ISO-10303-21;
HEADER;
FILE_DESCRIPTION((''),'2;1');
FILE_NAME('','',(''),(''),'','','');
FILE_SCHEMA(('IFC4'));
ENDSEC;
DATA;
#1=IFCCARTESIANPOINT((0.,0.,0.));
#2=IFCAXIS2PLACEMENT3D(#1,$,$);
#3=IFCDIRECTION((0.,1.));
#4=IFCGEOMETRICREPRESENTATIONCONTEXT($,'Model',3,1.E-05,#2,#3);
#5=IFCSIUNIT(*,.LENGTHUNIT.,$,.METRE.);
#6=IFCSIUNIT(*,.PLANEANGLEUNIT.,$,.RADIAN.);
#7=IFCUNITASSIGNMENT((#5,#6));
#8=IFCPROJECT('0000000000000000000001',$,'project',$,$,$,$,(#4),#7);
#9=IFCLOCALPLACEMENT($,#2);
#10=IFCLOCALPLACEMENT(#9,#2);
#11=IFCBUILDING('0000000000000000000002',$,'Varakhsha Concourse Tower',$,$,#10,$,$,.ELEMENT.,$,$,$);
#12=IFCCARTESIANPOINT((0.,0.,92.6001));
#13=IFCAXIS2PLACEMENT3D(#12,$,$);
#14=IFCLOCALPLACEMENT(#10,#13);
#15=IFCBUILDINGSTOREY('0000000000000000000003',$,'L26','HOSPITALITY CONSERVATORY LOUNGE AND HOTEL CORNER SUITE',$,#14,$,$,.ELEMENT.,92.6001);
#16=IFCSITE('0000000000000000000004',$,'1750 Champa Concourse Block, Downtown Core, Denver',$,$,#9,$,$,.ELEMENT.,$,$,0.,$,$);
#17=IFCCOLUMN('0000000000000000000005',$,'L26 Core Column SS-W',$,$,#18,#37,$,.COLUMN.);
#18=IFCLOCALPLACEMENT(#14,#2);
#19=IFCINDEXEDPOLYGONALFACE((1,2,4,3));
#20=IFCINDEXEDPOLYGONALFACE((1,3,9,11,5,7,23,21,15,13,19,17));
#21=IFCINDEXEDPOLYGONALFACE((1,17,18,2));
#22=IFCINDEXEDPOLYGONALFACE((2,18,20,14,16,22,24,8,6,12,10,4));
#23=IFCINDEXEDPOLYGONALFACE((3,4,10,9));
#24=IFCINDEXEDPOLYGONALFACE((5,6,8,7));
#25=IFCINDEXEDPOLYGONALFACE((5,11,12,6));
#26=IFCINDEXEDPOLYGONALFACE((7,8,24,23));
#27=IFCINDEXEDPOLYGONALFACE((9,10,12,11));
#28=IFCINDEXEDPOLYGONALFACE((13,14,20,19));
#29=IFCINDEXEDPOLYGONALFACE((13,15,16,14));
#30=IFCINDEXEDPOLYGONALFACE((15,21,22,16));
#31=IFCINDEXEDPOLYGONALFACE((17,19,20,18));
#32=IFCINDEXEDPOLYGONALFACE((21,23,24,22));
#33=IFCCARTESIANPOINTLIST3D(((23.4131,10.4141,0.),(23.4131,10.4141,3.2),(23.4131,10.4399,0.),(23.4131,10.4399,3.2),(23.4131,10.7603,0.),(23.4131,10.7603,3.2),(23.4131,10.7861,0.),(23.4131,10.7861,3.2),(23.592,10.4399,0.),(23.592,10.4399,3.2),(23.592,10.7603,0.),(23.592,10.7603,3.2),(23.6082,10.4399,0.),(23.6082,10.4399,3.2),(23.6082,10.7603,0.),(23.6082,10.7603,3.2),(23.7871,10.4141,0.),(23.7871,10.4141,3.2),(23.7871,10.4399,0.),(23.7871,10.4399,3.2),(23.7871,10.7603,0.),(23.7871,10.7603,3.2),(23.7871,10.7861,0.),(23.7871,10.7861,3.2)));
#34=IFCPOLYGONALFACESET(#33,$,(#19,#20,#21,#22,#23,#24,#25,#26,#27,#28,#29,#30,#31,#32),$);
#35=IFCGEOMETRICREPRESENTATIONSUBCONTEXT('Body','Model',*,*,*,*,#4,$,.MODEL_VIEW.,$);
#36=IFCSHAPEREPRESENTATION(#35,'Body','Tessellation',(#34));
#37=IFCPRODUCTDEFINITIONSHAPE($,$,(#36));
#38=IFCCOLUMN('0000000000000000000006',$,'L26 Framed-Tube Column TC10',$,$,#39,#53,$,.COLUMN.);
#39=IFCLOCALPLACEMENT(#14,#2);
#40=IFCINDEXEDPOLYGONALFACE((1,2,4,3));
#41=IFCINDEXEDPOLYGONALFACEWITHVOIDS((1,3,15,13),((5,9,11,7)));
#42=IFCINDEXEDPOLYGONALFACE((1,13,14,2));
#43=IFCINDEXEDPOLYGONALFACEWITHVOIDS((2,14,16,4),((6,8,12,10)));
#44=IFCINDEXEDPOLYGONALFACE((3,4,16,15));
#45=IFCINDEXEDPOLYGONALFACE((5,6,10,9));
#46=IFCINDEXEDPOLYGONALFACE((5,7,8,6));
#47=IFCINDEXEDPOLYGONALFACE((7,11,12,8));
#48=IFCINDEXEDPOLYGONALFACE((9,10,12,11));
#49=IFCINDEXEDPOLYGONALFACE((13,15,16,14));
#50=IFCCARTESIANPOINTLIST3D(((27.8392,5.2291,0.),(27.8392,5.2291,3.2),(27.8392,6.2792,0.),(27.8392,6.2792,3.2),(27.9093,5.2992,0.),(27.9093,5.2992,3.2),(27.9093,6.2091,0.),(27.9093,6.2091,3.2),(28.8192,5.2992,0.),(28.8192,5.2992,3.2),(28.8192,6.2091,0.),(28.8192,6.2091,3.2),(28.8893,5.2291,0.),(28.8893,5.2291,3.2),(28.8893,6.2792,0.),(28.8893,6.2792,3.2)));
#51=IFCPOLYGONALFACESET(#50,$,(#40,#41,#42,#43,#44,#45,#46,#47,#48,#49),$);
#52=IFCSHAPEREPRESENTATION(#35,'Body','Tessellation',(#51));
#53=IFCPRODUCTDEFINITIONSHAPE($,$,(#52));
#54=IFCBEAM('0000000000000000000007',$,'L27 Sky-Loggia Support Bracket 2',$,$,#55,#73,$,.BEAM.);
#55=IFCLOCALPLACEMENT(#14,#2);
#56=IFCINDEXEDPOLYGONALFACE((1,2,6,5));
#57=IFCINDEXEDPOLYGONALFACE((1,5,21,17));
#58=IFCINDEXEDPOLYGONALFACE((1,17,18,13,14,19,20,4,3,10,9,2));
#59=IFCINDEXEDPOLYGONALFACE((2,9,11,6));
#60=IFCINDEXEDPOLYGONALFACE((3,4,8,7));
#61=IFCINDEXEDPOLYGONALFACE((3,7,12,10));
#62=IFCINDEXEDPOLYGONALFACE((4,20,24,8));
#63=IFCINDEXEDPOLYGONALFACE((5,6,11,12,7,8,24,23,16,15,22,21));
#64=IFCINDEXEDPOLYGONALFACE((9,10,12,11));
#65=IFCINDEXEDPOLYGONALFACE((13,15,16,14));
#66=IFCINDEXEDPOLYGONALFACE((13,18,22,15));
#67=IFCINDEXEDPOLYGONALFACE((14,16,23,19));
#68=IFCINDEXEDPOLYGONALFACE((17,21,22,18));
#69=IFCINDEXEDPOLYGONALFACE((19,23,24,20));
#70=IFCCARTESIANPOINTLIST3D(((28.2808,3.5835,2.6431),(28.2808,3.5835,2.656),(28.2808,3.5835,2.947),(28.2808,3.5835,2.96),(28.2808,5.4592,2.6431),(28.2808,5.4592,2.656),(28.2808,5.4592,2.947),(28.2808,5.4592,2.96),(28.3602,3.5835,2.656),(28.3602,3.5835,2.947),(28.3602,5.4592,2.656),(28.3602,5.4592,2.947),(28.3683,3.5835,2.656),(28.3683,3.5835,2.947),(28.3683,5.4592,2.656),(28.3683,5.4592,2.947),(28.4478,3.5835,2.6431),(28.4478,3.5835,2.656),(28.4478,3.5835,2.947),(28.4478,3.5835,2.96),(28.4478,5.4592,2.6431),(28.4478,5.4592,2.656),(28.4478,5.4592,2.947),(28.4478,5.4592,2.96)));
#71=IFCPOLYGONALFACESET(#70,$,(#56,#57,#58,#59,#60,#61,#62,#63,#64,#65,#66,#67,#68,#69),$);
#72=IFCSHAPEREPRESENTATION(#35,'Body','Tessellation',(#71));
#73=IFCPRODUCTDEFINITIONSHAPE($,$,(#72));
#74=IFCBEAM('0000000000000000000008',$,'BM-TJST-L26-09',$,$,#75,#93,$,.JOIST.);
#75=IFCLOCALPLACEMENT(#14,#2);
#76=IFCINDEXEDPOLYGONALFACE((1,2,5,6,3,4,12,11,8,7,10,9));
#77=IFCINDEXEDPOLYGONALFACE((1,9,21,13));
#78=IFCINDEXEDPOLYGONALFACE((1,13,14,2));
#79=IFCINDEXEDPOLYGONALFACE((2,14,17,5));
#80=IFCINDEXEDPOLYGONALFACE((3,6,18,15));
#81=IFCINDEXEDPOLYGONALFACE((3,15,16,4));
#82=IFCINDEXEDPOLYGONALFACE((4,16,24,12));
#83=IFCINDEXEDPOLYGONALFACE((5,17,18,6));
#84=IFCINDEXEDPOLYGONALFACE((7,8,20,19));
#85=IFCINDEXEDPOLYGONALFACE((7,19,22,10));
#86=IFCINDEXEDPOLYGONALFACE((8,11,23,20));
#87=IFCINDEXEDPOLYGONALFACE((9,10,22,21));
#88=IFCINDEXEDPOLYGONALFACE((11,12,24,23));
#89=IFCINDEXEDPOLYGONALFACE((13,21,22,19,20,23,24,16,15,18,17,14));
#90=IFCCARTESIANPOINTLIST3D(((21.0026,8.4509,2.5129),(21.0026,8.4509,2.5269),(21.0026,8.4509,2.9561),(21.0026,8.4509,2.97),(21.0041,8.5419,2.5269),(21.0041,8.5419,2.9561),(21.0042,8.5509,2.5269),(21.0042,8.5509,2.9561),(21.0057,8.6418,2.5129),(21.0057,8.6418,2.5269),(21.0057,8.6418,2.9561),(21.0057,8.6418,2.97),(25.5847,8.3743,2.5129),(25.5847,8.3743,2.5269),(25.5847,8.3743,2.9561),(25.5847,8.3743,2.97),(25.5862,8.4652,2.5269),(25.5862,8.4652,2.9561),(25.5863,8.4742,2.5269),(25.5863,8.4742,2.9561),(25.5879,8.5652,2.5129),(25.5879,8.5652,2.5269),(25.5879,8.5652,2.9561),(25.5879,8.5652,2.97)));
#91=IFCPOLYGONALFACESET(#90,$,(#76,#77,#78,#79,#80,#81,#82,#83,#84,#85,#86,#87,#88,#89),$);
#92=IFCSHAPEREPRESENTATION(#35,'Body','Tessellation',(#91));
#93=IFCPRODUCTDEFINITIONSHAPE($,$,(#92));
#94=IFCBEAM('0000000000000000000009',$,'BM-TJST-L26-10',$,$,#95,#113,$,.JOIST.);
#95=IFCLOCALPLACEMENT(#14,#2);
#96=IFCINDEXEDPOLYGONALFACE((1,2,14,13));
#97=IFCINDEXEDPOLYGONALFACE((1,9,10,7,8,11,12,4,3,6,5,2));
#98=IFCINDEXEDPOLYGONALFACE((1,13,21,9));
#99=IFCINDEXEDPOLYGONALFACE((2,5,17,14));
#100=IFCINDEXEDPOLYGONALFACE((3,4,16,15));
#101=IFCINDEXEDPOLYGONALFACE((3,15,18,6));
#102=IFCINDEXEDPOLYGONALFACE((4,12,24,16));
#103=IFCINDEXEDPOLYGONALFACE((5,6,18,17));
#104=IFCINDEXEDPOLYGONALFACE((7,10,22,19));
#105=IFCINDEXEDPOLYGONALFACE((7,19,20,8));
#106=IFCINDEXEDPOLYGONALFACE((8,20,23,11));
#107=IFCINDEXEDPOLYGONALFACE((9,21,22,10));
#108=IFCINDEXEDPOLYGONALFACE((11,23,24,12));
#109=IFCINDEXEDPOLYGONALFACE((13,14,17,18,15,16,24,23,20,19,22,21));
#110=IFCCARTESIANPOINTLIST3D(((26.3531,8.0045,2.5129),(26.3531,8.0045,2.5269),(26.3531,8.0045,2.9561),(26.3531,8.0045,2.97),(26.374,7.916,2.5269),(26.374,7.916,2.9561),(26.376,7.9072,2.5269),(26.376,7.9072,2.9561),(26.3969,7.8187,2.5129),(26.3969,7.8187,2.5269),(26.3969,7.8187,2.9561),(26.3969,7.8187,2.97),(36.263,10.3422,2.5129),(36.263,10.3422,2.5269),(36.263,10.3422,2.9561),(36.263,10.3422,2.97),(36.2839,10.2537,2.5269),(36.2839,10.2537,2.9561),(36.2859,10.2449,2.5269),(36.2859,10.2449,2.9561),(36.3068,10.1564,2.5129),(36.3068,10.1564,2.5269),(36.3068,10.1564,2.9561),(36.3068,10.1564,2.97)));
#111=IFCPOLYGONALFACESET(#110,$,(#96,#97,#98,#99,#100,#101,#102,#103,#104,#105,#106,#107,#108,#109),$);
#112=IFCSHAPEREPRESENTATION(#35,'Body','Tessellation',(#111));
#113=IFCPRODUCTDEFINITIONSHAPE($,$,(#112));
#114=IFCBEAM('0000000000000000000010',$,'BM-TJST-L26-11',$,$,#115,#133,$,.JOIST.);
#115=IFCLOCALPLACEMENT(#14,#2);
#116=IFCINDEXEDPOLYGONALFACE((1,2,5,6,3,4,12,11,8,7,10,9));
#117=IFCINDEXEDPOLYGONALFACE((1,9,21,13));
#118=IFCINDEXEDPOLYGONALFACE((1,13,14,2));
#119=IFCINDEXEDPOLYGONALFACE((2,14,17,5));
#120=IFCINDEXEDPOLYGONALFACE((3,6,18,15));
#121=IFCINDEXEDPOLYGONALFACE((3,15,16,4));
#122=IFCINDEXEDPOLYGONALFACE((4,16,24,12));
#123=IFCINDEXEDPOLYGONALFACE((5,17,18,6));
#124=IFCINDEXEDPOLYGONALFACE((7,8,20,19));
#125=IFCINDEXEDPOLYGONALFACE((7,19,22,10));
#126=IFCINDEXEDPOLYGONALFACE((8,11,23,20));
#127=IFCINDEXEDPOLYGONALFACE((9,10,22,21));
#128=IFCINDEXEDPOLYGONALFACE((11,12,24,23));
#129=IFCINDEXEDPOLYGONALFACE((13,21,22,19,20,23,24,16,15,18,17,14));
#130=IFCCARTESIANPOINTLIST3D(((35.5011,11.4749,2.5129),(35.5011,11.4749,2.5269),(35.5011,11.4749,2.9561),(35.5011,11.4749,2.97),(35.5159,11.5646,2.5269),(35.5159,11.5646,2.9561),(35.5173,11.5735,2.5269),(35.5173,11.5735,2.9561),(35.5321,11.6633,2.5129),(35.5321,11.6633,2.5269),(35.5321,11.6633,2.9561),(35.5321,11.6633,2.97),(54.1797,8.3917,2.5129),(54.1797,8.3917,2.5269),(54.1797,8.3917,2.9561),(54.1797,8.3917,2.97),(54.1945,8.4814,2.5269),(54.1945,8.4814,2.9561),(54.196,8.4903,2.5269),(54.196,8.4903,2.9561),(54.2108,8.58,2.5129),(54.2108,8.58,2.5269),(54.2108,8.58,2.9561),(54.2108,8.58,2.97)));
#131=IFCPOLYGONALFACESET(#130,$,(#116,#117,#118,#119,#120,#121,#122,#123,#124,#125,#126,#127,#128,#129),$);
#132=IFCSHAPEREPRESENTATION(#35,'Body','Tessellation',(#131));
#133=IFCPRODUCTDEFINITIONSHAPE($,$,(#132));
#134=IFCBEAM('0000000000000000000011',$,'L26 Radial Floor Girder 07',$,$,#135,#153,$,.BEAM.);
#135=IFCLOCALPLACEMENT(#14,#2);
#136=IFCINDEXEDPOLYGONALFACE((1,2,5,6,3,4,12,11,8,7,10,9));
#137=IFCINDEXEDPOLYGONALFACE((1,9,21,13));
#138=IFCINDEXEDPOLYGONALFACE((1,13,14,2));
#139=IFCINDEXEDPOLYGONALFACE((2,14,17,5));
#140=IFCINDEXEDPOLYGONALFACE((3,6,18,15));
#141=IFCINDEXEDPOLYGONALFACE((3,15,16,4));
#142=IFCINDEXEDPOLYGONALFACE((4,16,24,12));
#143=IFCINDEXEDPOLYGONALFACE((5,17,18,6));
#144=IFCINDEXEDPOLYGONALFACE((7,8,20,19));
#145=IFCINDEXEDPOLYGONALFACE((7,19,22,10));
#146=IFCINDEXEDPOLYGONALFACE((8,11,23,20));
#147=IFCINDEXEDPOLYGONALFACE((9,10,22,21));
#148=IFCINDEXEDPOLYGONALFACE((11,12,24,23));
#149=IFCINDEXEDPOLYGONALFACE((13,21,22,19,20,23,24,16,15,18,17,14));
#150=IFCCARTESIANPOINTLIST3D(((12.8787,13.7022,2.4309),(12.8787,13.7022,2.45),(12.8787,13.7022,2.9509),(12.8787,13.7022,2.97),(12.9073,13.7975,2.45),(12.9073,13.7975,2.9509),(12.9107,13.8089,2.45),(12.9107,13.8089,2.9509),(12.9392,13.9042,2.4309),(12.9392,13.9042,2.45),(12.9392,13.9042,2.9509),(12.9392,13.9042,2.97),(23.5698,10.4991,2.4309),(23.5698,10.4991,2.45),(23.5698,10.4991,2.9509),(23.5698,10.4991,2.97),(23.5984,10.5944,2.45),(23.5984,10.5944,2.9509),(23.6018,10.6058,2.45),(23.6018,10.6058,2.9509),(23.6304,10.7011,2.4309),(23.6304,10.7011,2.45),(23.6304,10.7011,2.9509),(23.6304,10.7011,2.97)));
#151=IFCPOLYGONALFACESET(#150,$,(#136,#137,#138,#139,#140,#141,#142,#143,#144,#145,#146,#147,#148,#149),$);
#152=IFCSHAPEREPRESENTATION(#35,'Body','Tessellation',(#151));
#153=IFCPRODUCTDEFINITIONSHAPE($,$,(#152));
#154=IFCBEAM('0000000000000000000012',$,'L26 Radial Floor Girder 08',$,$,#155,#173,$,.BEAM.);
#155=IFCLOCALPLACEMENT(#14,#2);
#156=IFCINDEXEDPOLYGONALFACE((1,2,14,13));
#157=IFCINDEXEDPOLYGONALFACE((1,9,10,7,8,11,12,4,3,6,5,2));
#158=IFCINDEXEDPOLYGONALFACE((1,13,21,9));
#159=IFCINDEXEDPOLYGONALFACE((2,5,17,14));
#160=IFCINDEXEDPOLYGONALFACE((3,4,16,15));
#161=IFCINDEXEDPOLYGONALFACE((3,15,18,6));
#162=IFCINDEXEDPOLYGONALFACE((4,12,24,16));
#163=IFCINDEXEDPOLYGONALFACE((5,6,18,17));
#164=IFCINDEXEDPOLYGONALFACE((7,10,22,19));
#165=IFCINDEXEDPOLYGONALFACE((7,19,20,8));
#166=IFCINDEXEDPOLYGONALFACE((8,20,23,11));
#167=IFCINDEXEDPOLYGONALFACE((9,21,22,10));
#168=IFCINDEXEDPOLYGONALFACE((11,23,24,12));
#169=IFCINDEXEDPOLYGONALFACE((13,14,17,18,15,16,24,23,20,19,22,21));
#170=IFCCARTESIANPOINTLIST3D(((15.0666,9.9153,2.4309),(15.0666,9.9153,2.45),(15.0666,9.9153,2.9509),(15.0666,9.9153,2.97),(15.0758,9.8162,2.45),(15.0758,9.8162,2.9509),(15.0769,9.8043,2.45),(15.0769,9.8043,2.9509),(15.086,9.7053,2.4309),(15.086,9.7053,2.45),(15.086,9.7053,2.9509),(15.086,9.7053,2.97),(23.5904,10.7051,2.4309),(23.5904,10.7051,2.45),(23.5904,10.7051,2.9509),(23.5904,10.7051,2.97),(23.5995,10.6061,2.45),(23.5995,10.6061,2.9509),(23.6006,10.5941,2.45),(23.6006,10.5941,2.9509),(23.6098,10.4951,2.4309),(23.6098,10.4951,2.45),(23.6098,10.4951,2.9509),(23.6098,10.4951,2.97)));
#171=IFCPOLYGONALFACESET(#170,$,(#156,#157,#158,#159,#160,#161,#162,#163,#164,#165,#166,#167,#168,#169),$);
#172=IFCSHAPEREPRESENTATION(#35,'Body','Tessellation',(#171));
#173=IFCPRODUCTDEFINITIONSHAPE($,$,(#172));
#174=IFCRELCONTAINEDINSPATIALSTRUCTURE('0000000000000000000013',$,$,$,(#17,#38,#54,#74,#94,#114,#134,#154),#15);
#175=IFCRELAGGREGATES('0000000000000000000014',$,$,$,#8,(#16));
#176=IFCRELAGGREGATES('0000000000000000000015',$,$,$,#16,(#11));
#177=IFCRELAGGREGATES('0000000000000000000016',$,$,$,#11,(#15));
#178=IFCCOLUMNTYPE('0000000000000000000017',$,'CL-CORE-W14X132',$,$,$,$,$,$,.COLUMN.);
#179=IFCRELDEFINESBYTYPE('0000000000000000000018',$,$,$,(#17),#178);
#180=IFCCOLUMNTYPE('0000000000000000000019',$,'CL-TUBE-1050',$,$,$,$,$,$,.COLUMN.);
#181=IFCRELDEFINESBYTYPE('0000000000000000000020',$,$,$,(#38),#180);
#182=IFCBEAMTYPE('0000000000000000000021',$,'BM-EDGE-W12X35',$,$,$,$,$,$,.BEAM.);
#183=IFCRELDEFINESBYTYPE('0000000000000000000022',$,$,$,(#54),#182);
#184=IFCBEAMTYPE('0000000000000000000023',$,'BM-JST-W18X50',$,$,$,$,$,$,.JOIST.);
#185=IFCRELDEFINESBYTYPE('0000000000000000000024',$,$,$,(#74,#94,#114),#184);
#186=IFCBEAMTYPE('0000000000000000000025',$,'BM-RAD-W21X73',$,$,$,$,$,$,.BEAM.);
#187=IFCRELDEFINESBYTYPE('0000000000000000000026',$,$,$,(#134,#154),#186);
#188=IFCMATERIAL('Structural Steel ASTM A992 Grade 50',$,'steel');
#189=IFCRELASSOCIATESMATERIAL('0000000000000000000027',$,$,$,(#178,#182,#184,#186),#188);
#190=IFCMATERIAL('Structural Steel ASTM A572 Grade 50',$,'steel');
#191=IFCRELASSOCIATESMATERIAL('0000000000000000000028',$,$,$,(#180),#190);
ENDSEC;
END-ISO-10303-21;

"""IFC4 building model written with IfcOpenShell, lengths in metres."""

from ifc_helpers import new_model, si_unit, direction, frame, origin, origin_2d, place, context, subcontext, project, spatial, hollow_rectangle, i_section, extrude, material, material_profile, profile_set, type_object, element, save


model = new_model("IFC4")

# Units and contexts
model_context = context("Model", 3, precision=1e-05, world=origin(), true_north=direction((0.0, 1.0)))
body_context = subcontext(model_context, "Body", "Model", "MODEL_VIEW")
ifc_project = project(units=[si_unit("LENGTHUNIT", "METRE"), si_unit("PLANEANGLEUNIT", "RADIAN")], contexts=[model_context])

# Site, building, storey
site_placement = place(None, origin())
site = spatial("IfcSite", under=ifc_project, at=site_placement, Name="1750 Champa Concourse Block, Downtown Core, Denver", CompositionType="ELEMENT", RefElevation=0.0)
building_placement = place(site_placement, origin())
building = spatial("IfcBuilding", under=site, at=building_placement, Name="Varakhsha Concourse Tower", CompositionType="ELEMENT")
storey_placement = place(building_placement, frame((0.0, 0.0, 92.6001)))
storey = spatial("IfcBuildingStorey", under=building, at=storey_placement, Name="L26", Description="HOSPITALITY CONSERVATORY LOUNGE AND HOTEL CORNER SUITE", CompositionType="ELEMENT", Elevation=92.6001)

# Columns
ifc_material_1 = material(Name="Structural Steel ASTM A992 Grade 50", Category="steel")
ifc_material_profile_1 = material_profile(ifc_material_1, i_section(OverallWidth=0.374, OverallDepth=0.3721, WebThickness=0.0161, FlangeThickness=0.0259, at=origin_2d()), Name="W14X132")
ifc_profile_set_1 = profile_set([ifc_material_profile_1], Name="Structural Steel ASTM A992 Grade 50")
column_type_1 = type_object("IfcColumnType", Name="CL-CORE-W14X132", PredefinedType="COLUMN", material=ifc_profile_set_1)
column_1_placement = place(storey_placement, frame((23.6001, 10.6001, 0.0), z_axis=(0.0, 0.0, 1.0), x_axis=(1.0, 0.0, 0.0)))
element("IfcColumn", 1, at=column_1_placement, inside=storey, type_object=column_type_1, Name="L26 Core Column SS-W", PredefinedType="COLUMN", context=body_context, shape_type="SweptSolid", body=[
    extrude(i_section(OverallWidth=0.374, OverallDepth=0.3721, WebThickness=0.0161, FlangeThickness=0.0259, at=origin_2d()), origin(), (0.0, 0.0, 1.0), 3.2),
])
ifc_material_2 = material(Name="Structural Steel ASTM A572 Grade 50", Category="steel")
ifc_material_profile_2 = material_profile(ifc_material_2, hollow_rectangle(XDim=1.05, YDim=1.05, WallThickness=0.0701, at=origin_2d()), Name="BOX 1050x1050x70")
ifc_profile_set_2 = profile_set([ifc_material_profile_2], Name="Structural Steel ASTM A572 Grade 50")
column_type_2 = type_object("IfcColumnType", Name="CL-TUBE-1050", PredefinedType="COLUMN", material=ifc_profile_set_2)
column_2_placement = place(storey_placement, frame((28.3643, 5.7542, 0.0), z_axis=(0.0, 0.0, 1.0), x_axis=(1.0, 0.0, 0.0)))
element("IfcColumn", 2, at=column_2_placement, inside=storey, type_object=column_type_2, Name="L26 Framed-Tube Column TC10", PredefinedType="COLUMN", context=body_context, shape_type="SweptSolid", body=[
    extrude(hollow_rectangle(XDim=1.05, YDim=1.05, WallThickness=0.0701, at=origin_2d()), origin(), (0.0, 0.0, 1.0), 3.2),
])

# Beams
ifc_material_profile_3 = material_profile(ifc_material_1, i_section(OverallWidth=0.167, OverallDepth=0.3169, WebThickness=0.0081, FlangeThickness=0.0129, at=origin_2d()), Name="W12X35")
ifc_profile_set_3 = profile_set([ifc_material_profile_3], Name="Structural Steel ASTM A992 Grade 50")
beam_type_1 = type_object("IfcBeamType", Name="BM-EDGE-W12X35", PredefinedType="BEAM", material=ifc_profile_set_3)
beam_1_placement = place(storey_placement, frame((28.3643, 5.4592, 2.8015), z_axis=(0.0, -1.0, 0.0), x_axis=(1.0, 0.0, 0.0)))
element("IfcBeam", 3, at=beam_1_placement, inside=storey, type_object=beam_type_1, Name="L27 Sky-Loggia Support Bracket 2", PredefinedType="BEAM", context=body_context, shape_type="SweptSolid", body=[
    extrude(i_section(OverallWidth=0.167, OverallDepth=0.3169, WebThickness=0.0081, FlangeThickness=0.0129, at=origin_2d()), origin(), (0.0, 0.0, 1.0), 1.8757),
])
ifc_material_profile_4 = material_profile(ifc_material_1, i_section(OverallWidth=0.1909, OverallDepth=0.457, WebThickness=0.009, FlangeThickness=0.0139, at=origin_2d()), Name="W18X50")
ifc_profile_set_4 = profile_set([ifc_material_profile_4], Name="Structural Steel ASTM A992 Grade 50")
beam_type_2 = type_object("IfcBeamType", Name="BM-JST-W18X50", PredefinedType="JOIST", material=ifc_profile_set_4)
beam_2_placement = place(storey_placement, frame((21.0042, 8.5464, 2.7415), z_axis=(0.99986, -0.016728, 0.0), x_axis=(0.016728, 0.99986, 0.0)))
element("IfcBeam", 4, at=beam_2_placement, inside=storey, type_object=beam_type_2, Name="BM-TJST-L26-09", PredefinedType="JOIST", context=body_context, shape_type="SweptSolid", body=[
    extrude(i_section(OverallWidth=0.1909, OverallDepth=0.457, WebThickness=0.009, FlangeThickness=0.0139, at=origin_2d()), origin(), (0.0, 0.0, 1.0), 4.5828),
])
beam_3_placement = place(storey_placement, frame((26.375, 7.9116, 2.7415), z_axis=(0.973288, 0.229589, 0.0), x_axis=(-0.229589, 0.973288, 0.0)))
element("IfcBeam", 5, at=beam_3_placement, inside=storey, type_object=beam_type_2, Name="BM-TJST-L26-10", PredefinedType="JOIST", context=body_context, shape_type="SweptSolid", body=[
    extrude(i_section(OverallWidth=0.1909, OverallDepth=0.457, WebThickness=0.009, FlangeThickness=0.0139, at=origin_2d()), origin(), (0.0, 0.0, 1.0), 10.1819),
])
beam_4_placement = place(storey_placement, frame((35.5166, 11.5691, 2.7415), z_axis=(0.986649, -0.162864, 0.0), x_axis=(0.162864, 0.986649, 0.0)))
element("IfcBeam", 6, at=beam_4_placement, inside=storey, type_object=beam_type_2, Name="BM-TJST-L26-11", PredefinedType="JOIST", context=body_context, shape_type="SweptSolid", body=[
    extrude(i_section(OverallWidth=0.1909, OverallDepth=0.457, WebThickness=0.009, FlangeThickness=0.0139, at=origin_2d()), origin(), (0.0, 0.0, 1.0), 18.9314),
])
ifc_material_profile_5 = material_profile(ifc_material_1, i_section(OverallWidth=0.2109, OverallDepth=0.5391, WebThickness=0.012, FlangeThickness=0.019, at=origin_2d()), Name="W21X73")
ifc_profile_set_5 = profile_set([ifc_material_profile_5], Name="Structural Steel ASTM A992 Grade 50")
beam_type_3 = type_object("IfcBeamType", Name="BM-RAD-W21X73", PredefinedType="BEAM", material=ifc_profile_set_5)
beam_5_placement = place(storey_placement, frame((23.6001, 10.6001, 2.7004), z_axis=(-0.95793, 0.287001, 0.0), x_axis=(-0.287001, -0.95793, 0.0)))
element("IfcBeam", 7, at=beam_5_placement, inside=storey, type_object=beam_type_3, Name="L26 Radial Floor Girder 07", PredefinedType="BEAM", context=body_context, shape_type="SweptSolid", body=[
    extrude(i_section(OverallWidth=0.2109, OverallDepth=0.5391, WebThickness=0.012, FlangeThickness=0.019, at=origin_2d()), origin(), (0.0, 0.0, 1.0), 11.1606),
])
beam_6_placement = place(storey_placement, frame((23.6001, 10.6001, 2.7004), z_axis=(-0.995735, -0.092264, 0.0), x_axis=(0.092264, -0.995735, 0.0)))
element("IfcBeam", 8, at=beam_6_placement, inside=storey, type_object=beam_type_3, Name="L26 Radial Floor Girder 08", PredefinedType="BEAM", context=body_context, shape_type="SweptSolid", body=[
    extrude(i_section(OverallWidth=0.2109, OverallDepth=0.5391, WebThickness=0.012, FlangeThickness=0.019, at=origin_2d()), origin(), (0.0, 0.0, 1.0), 8.5603),
])

save(model, "model.ifc")
